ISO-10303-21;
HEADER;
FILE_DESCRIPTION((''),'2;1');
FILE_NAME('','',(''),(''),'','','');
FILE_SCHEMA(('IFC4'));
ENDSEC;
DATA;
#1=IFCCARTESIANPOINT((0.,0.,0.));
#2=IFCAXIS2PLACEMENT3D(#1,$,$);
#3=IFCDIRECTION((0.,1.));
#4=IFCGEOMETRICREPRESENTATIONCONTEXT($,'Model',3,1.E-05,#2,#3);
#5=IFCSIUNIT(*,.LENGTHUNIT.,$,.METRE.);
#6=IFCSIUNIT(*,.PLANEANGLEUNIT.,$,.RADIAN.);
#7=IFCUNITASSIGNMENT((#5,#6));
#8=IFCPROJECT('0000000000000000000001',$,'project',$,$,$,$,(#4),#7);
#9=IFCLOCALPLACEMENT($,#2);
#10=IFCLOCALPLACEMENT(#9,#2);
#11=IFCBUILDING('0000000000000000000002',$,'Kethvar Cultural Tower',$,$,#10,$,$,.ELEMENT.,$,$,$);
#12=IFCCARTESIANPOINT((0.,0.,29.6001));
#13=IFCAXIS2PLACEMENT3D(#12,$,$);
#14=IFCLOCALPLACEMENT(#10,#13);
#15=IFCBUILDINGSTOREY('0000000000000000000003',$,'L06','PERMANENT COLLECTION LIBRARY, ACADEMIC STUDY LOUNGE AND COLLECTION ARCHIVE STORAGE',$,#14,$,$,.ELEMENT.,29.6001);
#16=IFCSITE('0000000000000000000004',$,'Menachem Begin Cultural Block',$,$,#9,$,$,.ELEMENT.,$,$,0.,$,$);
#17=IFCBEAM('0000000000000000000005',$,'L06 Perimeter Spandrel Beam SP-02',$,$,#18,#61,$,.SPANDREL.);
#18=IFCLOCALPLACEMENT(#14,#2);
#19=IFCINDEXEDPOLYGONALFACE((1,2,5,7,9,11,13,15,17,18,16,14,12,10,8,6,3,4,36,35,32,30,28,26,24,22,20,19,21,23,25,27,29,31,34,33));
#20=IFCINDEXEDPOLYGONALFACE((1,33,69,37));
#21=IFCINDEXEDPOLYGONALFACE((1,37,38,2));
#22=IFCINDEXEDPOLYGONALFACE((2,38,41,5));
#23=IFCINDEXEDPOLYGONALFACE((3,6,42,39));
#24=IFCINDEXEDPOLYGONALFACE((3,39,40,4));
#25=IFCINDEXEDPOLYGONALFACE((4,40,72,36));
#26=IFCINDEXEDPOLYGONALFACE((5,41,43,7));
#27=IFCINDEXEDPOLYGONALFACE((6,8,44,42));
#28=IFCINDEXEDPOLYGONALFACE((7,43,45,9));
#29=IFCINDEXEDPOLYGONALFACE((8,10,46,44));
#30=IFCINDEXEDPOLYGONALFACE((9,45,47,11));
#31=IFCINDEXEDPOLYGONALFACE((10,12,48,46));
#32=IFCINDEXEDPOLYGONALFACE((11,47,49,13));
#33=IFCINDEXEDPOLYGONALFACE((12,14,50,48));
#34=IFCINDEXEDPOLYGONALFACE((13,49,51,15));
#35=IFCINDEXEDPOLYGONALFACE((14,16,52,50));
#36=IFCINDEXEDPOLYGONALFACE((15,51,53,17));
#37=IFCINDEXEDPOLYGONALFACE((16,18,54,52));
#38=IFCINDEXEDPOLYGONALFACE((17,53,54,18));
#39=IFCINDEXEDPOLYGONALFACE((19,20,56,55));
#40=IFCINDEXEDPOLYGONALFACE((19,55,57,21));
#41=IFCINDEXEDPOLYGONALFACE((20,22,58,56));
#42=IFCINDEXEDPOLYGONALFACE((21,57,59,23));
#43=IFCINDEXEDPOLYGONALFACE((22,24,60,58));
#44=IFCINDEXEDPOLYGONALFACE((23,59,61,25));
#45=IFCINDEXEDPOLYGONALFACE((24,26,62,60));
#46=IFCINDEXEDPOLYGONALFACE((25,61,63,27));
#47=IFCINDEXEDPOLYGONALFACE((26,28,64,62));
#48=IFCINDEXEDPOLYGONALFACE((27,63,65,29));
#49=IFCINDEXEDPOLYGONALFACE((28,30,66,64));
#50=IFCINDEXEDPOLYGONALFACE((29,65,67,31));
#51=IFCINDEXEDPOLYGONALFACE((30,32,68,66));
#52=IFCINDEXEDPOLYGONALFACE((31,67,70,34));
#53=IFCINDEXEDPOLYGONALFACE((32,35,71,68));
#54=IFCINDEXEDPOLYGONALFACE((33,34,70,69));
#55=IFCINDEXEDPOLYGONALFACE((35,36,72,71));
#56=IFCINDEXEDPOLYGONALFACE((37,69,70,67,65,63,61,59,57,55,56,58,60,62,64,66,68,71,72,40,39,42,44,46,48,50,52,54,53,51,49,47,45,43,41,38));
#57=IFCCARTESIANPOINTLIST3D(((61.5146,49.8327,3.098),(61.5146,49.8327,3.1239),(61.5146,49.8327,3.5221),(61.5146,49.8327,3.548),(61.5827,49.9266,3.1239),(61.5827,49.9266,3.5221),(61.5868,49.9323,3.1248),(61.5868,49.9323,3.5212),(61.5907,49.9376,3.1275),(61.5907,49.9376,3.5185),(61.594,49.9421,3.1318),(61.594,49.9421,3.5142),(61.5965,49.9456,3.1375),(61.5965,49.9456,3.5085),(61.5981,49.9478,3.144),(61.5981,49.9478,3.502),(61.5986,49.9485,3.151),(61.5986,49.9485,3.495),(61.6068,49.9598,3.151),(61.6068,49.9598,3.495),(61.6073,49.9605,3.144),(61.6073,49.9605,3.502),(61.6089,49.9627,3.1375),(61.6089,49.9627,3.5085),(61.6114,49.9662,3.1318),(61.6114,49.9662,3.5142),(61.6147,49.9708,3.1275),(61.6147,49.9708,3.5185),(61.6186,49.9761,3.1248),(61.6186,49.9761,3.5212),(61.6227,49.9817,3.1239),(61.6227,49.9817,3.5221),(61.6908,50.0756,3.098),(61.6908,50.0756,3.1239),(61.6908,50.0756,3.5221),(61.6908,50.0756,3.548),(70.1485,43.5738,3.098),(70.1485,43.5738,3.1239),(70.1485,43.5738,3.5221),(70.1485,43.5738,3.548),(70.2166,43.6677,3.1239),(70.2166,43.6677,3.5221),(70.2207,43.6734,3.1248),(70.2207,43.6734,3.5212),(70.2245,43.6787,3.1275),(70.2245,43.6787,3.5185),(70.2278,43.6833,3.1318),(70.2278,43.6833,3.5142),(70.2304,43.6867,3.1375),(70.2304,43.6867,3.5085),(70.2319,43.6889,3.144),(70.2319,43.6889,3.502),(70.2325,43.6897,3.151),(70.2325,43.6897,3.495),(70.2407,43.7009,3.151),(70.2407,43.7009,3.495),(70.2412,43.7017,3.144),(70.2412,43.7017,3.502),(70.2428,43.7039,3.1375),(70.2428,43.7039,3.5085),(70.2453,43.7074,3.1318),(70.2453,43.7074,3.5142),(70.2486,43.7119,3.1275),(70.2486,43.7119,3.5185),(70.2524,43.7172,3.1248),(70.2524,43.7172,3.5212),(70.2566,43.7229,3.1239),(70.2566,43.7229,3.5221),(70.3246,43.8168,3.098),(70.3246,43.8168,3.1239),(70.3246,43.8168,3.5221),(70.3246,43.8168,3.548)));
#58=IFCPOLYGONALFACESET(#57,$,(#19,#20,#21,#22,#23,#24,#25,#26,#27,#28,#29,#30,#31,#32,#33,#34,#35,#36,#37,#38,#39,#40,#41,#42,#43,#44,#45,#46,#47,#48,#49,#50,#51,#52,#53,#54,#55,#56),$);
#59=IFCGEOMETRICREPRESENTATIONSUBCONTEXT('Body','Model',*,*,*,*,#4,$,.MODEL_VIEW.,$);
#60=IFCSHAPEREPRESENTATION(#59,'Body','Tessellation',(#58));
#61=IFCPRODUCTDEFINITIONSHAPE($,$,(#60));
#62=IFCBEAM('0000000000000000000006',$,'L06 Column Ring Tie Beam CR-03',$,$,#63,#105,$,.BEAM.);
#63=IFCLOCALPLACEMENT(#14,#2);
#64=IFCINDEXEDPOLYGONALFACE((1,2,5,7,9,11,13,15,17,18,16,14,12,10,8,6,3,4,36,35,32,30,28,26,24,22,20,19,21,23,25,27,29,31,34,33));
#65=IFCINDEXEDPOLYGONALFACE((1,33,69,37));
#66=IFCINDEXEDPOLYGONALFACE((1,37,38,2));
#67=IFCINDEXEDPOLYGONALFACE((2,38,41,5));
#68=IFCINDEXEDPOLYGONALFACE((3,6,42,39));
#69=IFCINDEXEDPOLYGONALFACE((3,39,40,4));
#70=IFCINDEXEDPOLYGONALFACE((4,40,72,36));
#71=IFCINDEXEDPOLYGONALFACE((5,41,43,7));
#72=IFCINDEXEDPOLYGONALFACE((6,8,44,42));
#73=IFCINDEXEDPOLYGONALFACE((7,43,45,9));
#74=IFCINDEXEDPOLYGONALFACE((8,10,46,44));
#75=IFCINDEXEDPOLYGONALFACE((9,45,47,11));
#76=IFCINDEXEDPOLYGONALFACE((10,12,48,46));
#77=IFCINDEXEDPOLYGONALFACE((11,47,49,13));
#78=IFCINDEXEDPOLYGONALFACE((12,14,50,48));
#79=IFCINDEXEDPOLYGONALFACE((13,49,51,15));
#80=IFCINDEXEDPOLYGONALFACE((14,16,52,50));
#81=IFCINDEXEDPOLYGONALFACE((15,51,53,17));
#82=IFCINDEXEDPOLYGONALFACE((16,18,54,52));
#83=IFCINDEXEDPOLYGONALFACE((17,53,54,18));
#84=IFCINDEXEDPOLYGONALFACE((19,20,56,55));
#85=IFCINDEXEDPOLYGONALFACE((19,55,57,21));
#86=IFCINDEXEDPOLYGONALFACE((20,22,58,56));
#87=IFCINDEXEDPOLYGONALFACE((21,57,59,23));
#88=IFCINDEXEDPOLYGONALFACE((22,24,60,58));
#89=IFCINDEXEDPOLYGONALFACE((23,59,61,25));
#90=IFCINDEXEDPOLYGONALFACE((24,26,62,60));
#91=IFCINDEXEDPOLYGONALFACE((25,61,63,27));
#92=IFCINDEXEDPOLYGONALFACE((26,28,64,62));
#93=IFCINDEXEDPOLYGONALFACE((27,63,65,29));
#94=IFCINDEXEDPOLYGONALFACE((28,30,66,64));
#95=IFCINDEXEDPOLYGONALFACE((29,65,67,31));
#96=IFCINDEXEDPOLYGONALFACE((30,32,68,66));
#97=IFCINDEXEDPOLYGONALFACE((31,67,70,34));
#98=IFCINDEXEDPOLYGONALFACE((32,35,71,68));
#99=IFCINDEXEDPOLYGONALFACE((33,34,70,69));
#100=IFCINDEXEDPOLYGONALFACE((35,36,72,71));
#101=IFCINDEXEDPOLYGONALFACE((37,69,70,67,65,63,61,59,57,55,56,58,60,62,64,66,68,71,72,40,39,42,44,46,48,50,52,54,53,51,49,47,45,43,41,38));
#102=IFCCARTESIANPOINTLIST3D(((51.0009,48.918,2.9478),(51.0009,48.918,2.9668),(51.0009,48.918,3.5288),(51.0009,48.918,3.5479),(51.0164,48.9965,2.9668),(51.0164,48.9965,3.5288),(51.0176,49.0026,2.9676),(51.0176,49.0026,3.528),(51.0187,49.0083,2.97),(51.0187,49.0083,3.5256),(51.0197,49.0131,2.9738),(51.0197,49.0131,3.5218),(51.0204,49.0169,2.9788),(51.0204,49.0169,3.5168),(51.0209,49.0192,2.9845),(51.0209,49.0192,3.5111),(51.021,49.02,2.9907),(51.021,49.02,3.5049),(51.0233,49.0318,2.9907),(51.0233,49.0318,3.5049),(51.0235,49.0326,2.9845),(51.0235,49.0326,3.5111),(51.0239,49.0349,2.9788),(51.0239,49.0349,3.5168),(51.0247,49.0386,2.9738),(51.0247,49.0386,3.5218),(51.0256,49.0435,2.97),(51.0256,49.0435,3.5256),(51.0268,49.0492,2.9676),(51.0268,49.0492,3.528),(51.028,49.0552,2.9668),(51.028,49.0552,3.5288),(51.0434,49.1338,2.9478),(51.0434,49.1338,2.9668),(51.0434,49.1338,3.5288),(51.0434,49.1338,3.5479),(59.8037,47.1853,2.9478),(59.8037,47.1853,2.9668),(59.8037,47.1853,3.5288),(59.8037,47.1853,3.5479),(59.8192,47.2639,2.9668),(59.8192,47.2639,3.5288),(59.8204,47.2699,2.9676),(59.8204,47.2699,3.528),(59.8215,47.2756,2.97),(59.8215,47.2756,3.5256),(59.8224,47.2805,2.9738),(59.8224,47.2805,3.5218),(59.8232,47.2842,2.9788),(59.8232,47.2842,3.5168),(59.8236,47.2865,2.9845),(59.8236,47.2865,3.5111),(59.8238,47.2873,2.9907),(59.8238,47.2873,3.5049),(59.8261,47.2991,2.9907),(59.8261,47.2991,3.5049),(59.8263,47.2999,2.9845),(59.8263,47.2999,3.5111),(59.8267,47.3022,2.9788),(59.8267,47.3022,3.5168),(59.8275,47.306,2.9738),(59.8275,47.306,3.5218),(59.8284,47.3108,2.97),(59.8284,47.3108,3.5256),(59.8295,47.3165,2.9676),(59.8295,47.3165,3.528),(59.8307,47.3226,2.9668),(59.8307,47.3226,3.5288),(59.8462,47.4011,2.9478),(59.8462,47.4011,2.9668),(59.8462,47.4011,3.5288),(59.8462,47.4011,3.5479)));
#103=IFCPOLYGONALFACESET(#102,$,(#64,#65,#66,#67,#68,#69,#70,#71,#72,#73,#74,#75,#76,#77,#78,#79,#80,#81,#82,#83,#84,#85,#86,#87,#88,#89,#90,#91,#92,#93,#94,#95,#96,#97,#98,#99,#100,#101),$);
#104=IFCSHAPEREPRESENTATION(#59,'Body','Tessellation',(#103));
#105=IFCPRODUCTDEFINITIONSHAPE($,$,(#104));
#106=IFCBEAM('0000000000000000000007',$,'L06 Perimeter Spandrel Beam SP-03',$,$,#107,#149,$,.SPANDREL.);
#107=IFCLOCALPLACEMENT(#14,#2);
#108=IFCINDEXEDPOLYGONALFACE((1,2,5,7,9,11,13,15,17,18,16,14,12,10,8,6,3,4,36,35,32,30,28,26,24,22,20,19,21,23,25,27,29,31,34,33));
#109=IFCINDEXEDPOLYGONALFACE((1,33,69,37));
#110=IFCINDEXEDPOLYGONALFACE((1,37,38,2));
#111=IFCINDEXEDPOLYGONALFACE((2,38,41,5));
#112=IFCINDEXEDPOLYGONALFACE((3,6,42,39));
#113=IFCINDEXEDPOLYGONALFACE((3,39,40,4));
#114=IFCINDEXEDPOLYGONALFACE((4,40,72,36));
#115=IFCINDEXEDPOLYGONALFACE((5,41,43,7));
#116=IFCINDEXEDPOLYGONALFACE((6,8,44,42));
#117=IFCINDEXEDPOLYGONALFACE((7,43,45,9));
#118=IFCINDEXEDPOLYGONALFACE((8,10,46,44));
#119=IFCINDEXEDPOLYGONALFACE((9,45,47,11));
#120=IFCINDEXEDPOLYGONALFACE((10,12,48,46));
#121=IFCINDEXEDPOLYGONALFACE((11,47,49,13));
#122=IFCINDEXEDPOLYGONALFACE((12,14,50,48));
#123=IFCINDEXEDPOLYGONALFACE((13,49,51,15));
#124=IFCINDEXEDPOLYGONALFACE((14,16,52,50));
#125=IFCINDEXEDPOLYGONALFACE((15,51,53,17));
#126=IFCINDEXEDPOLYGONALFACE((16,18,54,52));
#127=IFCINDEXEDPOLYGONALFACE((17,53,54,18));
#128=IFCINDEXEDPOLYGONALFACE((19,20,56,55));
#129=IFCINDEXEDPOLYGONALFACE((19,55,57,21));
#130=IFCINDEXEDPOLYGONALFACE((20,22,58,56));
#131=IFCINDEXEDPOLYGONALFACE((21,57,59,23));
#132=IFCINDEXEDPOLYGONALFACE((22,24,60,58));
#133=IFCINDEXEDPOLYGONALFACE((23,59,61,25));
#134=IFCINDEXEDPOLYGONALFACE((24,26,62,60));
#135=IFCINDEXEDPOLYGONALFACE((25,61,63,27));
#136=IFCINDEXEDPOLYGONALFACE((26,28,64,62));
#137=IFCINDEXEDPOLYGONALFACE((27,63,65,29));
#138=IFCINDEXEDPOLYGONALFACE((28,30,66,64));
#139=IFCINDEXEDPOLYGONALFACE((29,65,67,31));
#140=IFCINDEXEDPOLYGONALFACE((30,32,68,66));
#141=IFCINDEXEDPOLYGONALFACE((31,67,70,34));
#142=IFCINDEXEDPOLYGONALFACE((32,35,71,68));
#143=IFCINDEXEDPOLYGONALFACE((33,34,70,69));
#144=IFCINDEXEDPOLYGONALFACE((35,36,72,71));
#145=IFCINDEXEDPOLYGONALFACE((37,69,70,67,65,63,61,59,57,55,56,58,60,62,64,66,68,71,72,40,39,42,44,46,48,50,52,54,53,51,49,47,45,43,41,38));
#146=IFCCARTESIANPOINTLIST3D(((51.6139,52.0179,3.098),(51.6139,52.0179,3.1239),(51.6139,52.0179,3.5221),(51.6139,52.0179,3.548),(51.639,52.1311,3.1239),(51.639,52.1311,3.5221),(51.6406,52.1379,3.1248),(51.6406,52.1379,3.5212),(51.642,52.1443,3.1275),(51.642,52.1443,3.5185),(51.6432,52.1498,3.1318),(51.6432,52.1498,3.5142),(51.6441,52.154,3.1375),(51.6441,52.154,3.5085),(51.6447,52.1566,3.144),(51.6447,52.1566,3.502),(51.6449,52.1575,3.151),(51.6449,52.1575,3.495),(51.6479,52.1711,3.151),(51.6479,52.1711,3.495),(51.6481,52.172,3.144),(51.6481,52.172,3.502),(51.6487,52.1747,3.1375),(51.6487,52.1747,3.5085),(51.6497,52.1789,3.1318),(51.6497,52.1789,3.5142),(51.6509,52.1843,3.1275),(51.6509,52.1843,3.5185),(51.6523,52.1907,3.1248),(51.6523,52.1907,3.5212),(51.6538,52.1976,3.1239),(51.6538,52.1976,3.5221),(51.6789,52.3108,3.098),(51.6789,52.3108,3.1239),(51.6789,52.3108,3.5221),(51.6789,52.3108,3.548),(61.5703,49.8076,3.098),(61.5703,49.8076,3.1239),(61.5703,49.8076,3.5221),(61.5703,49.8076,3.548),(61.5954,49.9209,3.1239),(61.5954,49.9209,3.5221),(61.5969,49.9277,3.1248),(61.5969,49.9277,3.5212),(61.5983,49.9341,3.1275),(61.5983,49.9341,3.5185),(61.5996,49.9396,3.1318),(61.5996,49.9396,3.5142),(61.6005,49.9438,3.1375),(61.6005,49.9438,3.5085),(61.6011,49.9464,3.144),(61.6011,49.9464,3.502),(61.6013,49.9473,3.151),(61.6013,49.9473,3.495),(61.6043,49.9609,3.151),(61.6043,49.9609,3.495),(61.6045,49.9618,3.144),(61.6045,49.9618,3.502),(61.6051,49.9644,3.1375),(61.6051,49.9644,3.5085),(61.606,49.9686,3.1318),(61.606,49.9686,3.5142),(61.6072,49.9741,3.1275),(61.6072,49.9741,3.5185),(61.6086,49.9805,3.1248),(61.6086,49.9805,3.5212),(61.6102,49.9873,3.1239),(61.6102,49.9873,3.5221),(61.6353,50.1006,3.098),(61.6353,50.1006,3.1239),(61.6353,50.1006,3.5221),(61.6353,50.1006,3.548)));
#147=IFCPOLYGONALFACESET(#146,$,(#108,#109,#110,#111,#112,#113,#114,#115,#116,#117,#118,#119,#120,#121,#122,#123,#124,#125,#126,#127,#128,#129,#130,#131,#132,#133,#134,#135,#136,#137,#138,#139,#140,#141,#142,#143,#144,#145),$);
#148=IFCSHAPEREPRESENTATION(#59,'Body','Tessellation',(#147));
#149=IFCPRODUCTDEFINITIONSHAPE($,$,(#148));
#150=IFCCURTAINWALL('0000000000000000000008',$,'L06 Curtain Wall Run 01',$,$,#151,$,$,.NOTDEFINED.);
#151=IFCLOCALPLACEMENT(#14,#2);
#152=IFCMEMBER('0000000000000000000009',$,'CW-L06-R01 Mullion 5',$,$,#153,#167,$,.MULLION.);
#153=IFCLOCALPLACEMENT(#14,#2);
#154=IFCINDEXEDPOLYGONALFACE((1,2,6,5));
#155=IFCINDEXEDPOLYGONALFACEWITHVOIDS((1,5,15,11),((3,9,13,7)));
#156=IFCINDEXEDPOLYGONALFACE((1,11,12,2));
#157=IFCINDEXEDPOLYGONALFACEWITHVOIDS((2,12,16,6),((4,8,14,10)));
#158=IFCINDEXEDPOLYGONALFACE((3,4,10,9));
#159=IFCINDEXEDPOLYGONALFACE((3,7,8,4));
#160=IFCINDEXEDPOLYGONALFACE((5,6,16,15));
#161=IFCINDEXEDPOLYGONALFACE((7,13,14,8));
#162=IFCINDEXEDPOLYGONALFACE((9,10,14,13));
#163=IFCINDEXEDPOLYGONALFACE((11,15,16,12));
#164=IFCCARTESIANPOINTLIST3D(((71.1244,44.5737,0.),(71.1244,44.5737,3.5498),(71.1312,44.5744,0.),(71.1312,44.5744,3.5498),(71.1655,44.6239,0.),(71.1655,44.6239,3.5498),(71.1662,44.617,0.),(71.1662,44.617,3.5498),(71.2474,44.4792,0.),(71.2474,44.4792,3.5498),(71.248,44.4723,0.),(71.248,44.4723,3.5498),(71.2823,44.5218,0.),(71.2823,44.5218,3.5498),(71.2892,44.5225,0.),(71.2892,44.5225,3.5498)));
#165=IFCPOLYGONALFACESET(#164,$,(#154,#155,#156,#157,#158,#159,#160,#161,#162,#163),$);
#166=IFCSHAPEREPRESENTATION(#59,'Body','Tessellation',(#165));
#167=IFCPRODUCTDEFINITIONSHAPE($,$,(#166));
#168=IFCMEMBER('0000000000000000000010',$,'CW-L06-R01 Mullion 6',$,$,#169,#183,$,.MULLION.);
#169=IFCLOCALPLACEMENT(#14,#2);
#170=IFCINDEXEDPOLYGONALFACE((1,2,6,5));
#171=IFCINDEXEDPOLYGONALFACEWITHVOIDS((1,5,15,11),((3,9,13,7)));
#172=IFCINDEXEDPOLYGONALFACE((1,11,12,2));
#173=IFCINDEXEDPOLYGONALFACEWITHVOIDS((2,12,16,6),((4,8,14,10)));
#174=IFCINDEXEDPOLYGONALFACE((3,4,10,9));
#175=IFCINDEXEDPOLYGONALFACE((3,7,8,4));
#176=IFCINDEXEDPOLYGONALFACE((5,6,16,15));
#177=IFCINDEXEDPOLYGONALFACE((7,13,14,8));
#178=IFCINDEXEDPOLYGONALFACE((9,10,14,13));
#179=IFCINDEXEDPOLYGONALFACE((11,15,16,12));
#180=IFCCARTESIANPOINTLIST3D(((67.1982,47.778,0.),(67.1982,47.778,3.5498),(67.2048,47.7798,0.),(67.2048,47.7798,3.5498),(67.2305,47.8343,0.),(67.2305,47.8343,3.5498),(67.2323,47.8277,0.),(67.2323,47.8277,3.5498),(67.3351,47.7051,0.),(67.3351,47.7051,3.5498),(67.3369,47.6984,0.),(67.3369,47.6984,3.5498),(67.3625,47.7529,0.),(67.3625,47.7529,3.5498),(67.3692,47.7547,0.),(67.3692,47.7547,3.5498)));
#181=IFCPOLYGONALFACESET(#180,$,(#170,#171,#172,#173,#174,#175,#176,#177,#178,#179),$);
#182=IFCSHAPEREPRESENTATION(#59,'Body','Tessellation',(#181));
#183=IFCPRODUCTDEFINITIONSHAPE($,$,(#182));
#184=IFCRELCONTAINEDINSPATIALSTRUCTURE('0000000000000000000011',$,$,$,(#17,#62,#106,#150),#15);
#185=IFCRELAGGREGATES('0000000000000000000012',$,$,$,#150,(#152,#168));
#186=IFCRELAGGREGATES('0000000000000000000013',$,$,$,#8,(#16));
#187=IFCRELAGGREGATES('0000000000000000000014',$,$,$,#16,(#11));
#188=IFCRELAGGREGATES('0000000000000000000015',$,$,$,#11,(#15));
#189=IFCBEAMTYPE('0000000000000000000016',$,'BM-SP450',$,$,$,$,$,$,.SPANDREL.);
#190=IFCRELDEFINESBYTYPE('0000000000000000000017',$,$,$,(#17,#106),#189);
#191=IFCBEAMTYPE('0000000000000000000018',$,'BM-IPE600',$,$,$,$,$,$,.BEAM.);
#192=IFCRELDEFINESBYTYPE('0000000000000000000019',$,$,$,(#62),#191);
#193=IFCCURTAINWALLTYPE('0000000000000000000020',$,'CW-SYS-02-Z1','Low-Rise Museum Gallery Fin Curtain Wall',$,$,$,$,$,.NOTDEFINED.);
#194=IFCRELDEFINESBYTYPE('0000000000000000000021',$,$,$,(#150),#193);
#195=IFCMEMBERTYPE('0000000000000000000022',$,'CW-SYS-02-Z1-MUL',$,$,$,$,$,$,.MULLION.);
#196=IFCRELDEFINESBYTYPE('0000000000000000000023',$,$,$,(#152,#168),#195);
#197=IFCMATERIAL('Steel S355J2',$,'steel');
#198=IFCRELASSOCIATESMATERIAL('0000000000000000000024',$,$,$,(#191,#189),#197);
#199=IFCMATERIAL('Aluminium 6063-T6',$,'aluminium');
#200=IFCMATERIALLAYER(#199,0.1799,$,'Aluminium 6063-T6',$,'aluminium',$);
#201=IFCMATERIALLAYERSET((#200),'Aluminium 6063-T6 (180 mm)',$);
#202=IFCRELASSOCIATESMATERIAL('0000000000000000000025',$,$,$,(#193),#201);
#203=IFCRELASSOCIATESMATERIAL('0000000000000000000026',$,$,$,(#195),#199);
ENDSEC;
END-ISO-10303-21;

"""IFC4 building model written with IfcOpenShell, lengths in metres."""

from ifc_helpers import new_model, si_unit, direction, frame, origin, origin_2d, place, context, subcontext, project, spatial, hollow_rectangle, i_section, extrude, source, transform, mapped, material, layer, layer_set, material_profile, profile_set, type_object, element, aggregate, save


model = new_model("IFC4")

# Units and contexts
model_context = context("Model", 3, precision=1e-05, world=origin(), true_north=direction((0.0, 1.0)))
body_context = subcontext(model_context, "Body", "Model", "MODEL_VIEW")
ifc_project = project(units=[si_unit("LENGTHUNIT", "METRE"), si_unit("PLANEANGLEUNIT", "RADIAN")], contexts=[model_context])

# Site, building, storey
site_placement = place(None, origin())
site = spatial("IfcSite", under=ifc_project, at=site_placement, Name="Menachem Begin Cultural Block", CompositionType="ELEMENT", RefElevation=0.0)
building_placement = place(site_placement, origin())
building = spatial("IfcBuilding", under=site, at=building_placement, Name="Kethvar Cultural Tower", CompositionType="ELEMENT")
storey_placement = place(building_placement, frame((0.0, 0.0, 29.6001)))
storey = spatial("IfcBuildingStorey", under=building, at=storey_placement, Name="L06", Description="PERMANENT COLLECTION LIBRARY, ACADEMIC STUDY LOUNGE AND COLLECTION ARCHIVE STORAGE", CompositionType="ELEMENT", Elevation=29.6001)

# Beams
ifc_material_1 = material(Name="Steel S355J2", Category="steel")
ifc_material_profile_1 = material_profile(ifc_material_1, i_section(OverallWidth=0.22, OverallDepth=0.6001, WebThickness=0.012, FlangeThickness=0.019, FilletRadius=0.0239, at=origin_2d()), Name="Steel S355J2 — IPE600")
ifc_profile_set_1 = profile_set([ifc_material_profile_1], Name="Steel S355J2 — IPE600")
beam_type_1 = type_object("IfcBeamType", Name="BM-IPE600", PredefinedType="BEAM", material=ifc_profile_set_1)
ifc_material_profile_2 = material_profile(ifc_material_1, i_section(OverallWidth=0.3, OverallDepth=0.45, WebThickness=0.0139, FlangeThickness=0.0259, FilletRadius=0.0271, at=origin_2d()), Name="Steel S355J2 — HEB450")
ifc_profile_set_2 = profile_set([ifc_material_profile_2], Name="Steel S355J2 — HEB450")
beam_type_2 = type_object("IfcBeamType", Name="BM-SP450", PredefinedType="SPANDREL", material=ifc_profile_set_2)
shared_shape_1 = source(origin(), body_context, "Body", "SweptSolid", [
    extrude(i_section(OverallWidth=0.3, OverallDepth=0.45, WebThickness=0.0139, FlangeThickness=0.0259, FilletRadius=0.0271, at=origin_2d()), origin(), (0.0, 0.0, 1.0), 10.6638),
])
beam_1_placement = place(storey_placement, frame((70.2366, 43.6953, 3.323), z_axis=(-0.809642, 0.586924, 0.0), x_axis=(-0.586924, -0.809642, 0.0)))
element("IfcBeam", 1, at=beam_1_placement, inside=storey, type_object=beam_type_2, Name="L06 Perimeter Spandrel Beam SP-02", PredefinedType="SPANDREL", context=body_context, shape_type="MappedRepresentation", body=[
    mapped(shared_shape_1, transform((0.0, 0.0, 0.0), scale=1.0)),
])
shared_shape_2 = source(origin(), body_context, "Body", "SweptSolid", [
    extrude(i_section(OverallWidth=0.22, OverallDepth=0.6001, WebThickness=0.012, FlangeThickness=0.019, FilletRadius=0.0239, at=origin_2d()), origin(), (0.0, 0.0, 1.0), 8.9717),
])
beam_2_placement = place(storey_placement, frame((59.825, 47.2932, 3.2478), z_axis=(-0.981174, 0.193127, 0.0), x_axis=(-0.193127, -0.981174, 0.0)))
element("IfcBeam", 2, at=beam_2_placement, inside=storey, type_object=beam_type_1, Name="L06 Column Ring Tie Beam CR-03", PredefinedType="BEAM", context=body_context, shape_type="MappedRepresentation", body=[
    mapped(shared_shape_2, transform((0.0, 0.0, 0.0), scale=1.0)),
])
shared_shape_3 = source(origin(), body_context, "Body", "SweptSolid", [
    extrude(i_section(OverallWidth=0.3, OverallDepth=0.45, WebThickness=0.0139, FlangeThickness=0.0259, FilletRadius=0.0271, at=origin_2d()), origin(), (0.0, 0.0, 1.0), 10.1987),
])
beam_3_placement = place(storey_placement, frame((61.6028, 49.9541, 3.323), z_axis=(-0.976235, 0.216715, 0.0), x_axis=(-0.216715, -0.976235, 0.0)))
element("IfcBeam", 3, at=beam_3_placement, inside=storey, type_object=beam_type_2, Name="L06 Perimeter Spandrel Beam SP-03", PredefinedType="SPANDREL", context=body_context, shape_type="MappedRepresentation", body=[
    mapped(shared_shape_3, transform((0.0, 0.0, 0.0), scale=1.0)),
])

# Curtain wall, members
ifc_material_2 = material(Name="Aluminium 6063-T6", Category="aluminium")
ifc_layer_1 = layer(ifc_material_2, 0.1799, Name="Aluminium 6063-T6", Category="aluminium")
ifc_layer_set_1 = layer_set([ifc_layer_1], Name="Aluminium 6063-T6 (180 mm)")
curtain_wall_type = type_object("IfcCurtainWallType", Name="CW-SYS-02-Z1", Description="Low-Rise Museum Gallery Fin Curtain Wall", PredefinedType="NOTDEFINED", material=ifc_layer_set_1)
curtain_wall_1_placement = place(storey_placement, origin())
curtain_wall_1 = element("IfcCurtainWall", 4, at=curtain_wall_1_placement, inside=storey, type_object=curtain_wall_type, Name="L06 Curtain Wall Run 01", PredefinedType="NOTDEFINED")
ifc_material_profile_3 = material_profile(ifc_material_2, hollow_rectangle(XDim=0.0649, YDim=0.1599, WallThickness=0.0049, at=origin_2d()), Name="Aluminium 6063-T6 — RHS160x65x5")
ifc_profile_set_3 = profile_set([ifc_material_profile_3], Name="Aluminium 6063-T6 — RHS160x65x5")
member_type_1 = type_object("IfcMemberType", Name="CW-SYS-02-Z1-MUL", PredefinedType="MULLION", material=ifc_profile_set_3)
shared_shape_4 = source(origin(), body_context, "Body", "SweptSolid", [
    extrude(hollow_rectangle(XDim=0.0649, YDim=0.1599, WallThickness=0.0049, at=origin_2d()), origin(), (0.0, 0.0, 1.0), 3.5498),
])
member_1_placement = place(storey_placement, frame((71.2068, 44.5481, 0.0), z_axis=(0.0, 0.0, 1.0), x_axis=(-0.633988, -0.773343, 0.0)))
member_1 = element("IfcMember", 5, at=member_1_placement, type_object=member_type_1, Name="CW-L06-R01 Mullion 5", PredefinedType="MULLION", context=body_context, shape_type="MappedRepresentation", body=[
    mapped(shared_shape_4, transform((0.0, 0.0, 0.0), scale=1.0)),
])
member_2_placement = place(storey_placement, frame((67.2837, 47.7664, 0.0), z_axis=(0.0, 0.0, 1.0), x_axis=(-0.497822, -0.867279, 0.0)))
member_2 = element("IfcMember", 6, at=member_2_placement, type_object=member_type_1, Name="CW-L06-R01 Mullion 6", PredefinedType="MULLION", context=body_context, shape_type="MappedRepresentation", body=[
    mapped(shared_shape_4, transform((0.0, 0.0, 0.0), scale=1.0)),
])

aggregate(curtain_wall_1, [member_1, member_2])

save(model, "model.ifc")
